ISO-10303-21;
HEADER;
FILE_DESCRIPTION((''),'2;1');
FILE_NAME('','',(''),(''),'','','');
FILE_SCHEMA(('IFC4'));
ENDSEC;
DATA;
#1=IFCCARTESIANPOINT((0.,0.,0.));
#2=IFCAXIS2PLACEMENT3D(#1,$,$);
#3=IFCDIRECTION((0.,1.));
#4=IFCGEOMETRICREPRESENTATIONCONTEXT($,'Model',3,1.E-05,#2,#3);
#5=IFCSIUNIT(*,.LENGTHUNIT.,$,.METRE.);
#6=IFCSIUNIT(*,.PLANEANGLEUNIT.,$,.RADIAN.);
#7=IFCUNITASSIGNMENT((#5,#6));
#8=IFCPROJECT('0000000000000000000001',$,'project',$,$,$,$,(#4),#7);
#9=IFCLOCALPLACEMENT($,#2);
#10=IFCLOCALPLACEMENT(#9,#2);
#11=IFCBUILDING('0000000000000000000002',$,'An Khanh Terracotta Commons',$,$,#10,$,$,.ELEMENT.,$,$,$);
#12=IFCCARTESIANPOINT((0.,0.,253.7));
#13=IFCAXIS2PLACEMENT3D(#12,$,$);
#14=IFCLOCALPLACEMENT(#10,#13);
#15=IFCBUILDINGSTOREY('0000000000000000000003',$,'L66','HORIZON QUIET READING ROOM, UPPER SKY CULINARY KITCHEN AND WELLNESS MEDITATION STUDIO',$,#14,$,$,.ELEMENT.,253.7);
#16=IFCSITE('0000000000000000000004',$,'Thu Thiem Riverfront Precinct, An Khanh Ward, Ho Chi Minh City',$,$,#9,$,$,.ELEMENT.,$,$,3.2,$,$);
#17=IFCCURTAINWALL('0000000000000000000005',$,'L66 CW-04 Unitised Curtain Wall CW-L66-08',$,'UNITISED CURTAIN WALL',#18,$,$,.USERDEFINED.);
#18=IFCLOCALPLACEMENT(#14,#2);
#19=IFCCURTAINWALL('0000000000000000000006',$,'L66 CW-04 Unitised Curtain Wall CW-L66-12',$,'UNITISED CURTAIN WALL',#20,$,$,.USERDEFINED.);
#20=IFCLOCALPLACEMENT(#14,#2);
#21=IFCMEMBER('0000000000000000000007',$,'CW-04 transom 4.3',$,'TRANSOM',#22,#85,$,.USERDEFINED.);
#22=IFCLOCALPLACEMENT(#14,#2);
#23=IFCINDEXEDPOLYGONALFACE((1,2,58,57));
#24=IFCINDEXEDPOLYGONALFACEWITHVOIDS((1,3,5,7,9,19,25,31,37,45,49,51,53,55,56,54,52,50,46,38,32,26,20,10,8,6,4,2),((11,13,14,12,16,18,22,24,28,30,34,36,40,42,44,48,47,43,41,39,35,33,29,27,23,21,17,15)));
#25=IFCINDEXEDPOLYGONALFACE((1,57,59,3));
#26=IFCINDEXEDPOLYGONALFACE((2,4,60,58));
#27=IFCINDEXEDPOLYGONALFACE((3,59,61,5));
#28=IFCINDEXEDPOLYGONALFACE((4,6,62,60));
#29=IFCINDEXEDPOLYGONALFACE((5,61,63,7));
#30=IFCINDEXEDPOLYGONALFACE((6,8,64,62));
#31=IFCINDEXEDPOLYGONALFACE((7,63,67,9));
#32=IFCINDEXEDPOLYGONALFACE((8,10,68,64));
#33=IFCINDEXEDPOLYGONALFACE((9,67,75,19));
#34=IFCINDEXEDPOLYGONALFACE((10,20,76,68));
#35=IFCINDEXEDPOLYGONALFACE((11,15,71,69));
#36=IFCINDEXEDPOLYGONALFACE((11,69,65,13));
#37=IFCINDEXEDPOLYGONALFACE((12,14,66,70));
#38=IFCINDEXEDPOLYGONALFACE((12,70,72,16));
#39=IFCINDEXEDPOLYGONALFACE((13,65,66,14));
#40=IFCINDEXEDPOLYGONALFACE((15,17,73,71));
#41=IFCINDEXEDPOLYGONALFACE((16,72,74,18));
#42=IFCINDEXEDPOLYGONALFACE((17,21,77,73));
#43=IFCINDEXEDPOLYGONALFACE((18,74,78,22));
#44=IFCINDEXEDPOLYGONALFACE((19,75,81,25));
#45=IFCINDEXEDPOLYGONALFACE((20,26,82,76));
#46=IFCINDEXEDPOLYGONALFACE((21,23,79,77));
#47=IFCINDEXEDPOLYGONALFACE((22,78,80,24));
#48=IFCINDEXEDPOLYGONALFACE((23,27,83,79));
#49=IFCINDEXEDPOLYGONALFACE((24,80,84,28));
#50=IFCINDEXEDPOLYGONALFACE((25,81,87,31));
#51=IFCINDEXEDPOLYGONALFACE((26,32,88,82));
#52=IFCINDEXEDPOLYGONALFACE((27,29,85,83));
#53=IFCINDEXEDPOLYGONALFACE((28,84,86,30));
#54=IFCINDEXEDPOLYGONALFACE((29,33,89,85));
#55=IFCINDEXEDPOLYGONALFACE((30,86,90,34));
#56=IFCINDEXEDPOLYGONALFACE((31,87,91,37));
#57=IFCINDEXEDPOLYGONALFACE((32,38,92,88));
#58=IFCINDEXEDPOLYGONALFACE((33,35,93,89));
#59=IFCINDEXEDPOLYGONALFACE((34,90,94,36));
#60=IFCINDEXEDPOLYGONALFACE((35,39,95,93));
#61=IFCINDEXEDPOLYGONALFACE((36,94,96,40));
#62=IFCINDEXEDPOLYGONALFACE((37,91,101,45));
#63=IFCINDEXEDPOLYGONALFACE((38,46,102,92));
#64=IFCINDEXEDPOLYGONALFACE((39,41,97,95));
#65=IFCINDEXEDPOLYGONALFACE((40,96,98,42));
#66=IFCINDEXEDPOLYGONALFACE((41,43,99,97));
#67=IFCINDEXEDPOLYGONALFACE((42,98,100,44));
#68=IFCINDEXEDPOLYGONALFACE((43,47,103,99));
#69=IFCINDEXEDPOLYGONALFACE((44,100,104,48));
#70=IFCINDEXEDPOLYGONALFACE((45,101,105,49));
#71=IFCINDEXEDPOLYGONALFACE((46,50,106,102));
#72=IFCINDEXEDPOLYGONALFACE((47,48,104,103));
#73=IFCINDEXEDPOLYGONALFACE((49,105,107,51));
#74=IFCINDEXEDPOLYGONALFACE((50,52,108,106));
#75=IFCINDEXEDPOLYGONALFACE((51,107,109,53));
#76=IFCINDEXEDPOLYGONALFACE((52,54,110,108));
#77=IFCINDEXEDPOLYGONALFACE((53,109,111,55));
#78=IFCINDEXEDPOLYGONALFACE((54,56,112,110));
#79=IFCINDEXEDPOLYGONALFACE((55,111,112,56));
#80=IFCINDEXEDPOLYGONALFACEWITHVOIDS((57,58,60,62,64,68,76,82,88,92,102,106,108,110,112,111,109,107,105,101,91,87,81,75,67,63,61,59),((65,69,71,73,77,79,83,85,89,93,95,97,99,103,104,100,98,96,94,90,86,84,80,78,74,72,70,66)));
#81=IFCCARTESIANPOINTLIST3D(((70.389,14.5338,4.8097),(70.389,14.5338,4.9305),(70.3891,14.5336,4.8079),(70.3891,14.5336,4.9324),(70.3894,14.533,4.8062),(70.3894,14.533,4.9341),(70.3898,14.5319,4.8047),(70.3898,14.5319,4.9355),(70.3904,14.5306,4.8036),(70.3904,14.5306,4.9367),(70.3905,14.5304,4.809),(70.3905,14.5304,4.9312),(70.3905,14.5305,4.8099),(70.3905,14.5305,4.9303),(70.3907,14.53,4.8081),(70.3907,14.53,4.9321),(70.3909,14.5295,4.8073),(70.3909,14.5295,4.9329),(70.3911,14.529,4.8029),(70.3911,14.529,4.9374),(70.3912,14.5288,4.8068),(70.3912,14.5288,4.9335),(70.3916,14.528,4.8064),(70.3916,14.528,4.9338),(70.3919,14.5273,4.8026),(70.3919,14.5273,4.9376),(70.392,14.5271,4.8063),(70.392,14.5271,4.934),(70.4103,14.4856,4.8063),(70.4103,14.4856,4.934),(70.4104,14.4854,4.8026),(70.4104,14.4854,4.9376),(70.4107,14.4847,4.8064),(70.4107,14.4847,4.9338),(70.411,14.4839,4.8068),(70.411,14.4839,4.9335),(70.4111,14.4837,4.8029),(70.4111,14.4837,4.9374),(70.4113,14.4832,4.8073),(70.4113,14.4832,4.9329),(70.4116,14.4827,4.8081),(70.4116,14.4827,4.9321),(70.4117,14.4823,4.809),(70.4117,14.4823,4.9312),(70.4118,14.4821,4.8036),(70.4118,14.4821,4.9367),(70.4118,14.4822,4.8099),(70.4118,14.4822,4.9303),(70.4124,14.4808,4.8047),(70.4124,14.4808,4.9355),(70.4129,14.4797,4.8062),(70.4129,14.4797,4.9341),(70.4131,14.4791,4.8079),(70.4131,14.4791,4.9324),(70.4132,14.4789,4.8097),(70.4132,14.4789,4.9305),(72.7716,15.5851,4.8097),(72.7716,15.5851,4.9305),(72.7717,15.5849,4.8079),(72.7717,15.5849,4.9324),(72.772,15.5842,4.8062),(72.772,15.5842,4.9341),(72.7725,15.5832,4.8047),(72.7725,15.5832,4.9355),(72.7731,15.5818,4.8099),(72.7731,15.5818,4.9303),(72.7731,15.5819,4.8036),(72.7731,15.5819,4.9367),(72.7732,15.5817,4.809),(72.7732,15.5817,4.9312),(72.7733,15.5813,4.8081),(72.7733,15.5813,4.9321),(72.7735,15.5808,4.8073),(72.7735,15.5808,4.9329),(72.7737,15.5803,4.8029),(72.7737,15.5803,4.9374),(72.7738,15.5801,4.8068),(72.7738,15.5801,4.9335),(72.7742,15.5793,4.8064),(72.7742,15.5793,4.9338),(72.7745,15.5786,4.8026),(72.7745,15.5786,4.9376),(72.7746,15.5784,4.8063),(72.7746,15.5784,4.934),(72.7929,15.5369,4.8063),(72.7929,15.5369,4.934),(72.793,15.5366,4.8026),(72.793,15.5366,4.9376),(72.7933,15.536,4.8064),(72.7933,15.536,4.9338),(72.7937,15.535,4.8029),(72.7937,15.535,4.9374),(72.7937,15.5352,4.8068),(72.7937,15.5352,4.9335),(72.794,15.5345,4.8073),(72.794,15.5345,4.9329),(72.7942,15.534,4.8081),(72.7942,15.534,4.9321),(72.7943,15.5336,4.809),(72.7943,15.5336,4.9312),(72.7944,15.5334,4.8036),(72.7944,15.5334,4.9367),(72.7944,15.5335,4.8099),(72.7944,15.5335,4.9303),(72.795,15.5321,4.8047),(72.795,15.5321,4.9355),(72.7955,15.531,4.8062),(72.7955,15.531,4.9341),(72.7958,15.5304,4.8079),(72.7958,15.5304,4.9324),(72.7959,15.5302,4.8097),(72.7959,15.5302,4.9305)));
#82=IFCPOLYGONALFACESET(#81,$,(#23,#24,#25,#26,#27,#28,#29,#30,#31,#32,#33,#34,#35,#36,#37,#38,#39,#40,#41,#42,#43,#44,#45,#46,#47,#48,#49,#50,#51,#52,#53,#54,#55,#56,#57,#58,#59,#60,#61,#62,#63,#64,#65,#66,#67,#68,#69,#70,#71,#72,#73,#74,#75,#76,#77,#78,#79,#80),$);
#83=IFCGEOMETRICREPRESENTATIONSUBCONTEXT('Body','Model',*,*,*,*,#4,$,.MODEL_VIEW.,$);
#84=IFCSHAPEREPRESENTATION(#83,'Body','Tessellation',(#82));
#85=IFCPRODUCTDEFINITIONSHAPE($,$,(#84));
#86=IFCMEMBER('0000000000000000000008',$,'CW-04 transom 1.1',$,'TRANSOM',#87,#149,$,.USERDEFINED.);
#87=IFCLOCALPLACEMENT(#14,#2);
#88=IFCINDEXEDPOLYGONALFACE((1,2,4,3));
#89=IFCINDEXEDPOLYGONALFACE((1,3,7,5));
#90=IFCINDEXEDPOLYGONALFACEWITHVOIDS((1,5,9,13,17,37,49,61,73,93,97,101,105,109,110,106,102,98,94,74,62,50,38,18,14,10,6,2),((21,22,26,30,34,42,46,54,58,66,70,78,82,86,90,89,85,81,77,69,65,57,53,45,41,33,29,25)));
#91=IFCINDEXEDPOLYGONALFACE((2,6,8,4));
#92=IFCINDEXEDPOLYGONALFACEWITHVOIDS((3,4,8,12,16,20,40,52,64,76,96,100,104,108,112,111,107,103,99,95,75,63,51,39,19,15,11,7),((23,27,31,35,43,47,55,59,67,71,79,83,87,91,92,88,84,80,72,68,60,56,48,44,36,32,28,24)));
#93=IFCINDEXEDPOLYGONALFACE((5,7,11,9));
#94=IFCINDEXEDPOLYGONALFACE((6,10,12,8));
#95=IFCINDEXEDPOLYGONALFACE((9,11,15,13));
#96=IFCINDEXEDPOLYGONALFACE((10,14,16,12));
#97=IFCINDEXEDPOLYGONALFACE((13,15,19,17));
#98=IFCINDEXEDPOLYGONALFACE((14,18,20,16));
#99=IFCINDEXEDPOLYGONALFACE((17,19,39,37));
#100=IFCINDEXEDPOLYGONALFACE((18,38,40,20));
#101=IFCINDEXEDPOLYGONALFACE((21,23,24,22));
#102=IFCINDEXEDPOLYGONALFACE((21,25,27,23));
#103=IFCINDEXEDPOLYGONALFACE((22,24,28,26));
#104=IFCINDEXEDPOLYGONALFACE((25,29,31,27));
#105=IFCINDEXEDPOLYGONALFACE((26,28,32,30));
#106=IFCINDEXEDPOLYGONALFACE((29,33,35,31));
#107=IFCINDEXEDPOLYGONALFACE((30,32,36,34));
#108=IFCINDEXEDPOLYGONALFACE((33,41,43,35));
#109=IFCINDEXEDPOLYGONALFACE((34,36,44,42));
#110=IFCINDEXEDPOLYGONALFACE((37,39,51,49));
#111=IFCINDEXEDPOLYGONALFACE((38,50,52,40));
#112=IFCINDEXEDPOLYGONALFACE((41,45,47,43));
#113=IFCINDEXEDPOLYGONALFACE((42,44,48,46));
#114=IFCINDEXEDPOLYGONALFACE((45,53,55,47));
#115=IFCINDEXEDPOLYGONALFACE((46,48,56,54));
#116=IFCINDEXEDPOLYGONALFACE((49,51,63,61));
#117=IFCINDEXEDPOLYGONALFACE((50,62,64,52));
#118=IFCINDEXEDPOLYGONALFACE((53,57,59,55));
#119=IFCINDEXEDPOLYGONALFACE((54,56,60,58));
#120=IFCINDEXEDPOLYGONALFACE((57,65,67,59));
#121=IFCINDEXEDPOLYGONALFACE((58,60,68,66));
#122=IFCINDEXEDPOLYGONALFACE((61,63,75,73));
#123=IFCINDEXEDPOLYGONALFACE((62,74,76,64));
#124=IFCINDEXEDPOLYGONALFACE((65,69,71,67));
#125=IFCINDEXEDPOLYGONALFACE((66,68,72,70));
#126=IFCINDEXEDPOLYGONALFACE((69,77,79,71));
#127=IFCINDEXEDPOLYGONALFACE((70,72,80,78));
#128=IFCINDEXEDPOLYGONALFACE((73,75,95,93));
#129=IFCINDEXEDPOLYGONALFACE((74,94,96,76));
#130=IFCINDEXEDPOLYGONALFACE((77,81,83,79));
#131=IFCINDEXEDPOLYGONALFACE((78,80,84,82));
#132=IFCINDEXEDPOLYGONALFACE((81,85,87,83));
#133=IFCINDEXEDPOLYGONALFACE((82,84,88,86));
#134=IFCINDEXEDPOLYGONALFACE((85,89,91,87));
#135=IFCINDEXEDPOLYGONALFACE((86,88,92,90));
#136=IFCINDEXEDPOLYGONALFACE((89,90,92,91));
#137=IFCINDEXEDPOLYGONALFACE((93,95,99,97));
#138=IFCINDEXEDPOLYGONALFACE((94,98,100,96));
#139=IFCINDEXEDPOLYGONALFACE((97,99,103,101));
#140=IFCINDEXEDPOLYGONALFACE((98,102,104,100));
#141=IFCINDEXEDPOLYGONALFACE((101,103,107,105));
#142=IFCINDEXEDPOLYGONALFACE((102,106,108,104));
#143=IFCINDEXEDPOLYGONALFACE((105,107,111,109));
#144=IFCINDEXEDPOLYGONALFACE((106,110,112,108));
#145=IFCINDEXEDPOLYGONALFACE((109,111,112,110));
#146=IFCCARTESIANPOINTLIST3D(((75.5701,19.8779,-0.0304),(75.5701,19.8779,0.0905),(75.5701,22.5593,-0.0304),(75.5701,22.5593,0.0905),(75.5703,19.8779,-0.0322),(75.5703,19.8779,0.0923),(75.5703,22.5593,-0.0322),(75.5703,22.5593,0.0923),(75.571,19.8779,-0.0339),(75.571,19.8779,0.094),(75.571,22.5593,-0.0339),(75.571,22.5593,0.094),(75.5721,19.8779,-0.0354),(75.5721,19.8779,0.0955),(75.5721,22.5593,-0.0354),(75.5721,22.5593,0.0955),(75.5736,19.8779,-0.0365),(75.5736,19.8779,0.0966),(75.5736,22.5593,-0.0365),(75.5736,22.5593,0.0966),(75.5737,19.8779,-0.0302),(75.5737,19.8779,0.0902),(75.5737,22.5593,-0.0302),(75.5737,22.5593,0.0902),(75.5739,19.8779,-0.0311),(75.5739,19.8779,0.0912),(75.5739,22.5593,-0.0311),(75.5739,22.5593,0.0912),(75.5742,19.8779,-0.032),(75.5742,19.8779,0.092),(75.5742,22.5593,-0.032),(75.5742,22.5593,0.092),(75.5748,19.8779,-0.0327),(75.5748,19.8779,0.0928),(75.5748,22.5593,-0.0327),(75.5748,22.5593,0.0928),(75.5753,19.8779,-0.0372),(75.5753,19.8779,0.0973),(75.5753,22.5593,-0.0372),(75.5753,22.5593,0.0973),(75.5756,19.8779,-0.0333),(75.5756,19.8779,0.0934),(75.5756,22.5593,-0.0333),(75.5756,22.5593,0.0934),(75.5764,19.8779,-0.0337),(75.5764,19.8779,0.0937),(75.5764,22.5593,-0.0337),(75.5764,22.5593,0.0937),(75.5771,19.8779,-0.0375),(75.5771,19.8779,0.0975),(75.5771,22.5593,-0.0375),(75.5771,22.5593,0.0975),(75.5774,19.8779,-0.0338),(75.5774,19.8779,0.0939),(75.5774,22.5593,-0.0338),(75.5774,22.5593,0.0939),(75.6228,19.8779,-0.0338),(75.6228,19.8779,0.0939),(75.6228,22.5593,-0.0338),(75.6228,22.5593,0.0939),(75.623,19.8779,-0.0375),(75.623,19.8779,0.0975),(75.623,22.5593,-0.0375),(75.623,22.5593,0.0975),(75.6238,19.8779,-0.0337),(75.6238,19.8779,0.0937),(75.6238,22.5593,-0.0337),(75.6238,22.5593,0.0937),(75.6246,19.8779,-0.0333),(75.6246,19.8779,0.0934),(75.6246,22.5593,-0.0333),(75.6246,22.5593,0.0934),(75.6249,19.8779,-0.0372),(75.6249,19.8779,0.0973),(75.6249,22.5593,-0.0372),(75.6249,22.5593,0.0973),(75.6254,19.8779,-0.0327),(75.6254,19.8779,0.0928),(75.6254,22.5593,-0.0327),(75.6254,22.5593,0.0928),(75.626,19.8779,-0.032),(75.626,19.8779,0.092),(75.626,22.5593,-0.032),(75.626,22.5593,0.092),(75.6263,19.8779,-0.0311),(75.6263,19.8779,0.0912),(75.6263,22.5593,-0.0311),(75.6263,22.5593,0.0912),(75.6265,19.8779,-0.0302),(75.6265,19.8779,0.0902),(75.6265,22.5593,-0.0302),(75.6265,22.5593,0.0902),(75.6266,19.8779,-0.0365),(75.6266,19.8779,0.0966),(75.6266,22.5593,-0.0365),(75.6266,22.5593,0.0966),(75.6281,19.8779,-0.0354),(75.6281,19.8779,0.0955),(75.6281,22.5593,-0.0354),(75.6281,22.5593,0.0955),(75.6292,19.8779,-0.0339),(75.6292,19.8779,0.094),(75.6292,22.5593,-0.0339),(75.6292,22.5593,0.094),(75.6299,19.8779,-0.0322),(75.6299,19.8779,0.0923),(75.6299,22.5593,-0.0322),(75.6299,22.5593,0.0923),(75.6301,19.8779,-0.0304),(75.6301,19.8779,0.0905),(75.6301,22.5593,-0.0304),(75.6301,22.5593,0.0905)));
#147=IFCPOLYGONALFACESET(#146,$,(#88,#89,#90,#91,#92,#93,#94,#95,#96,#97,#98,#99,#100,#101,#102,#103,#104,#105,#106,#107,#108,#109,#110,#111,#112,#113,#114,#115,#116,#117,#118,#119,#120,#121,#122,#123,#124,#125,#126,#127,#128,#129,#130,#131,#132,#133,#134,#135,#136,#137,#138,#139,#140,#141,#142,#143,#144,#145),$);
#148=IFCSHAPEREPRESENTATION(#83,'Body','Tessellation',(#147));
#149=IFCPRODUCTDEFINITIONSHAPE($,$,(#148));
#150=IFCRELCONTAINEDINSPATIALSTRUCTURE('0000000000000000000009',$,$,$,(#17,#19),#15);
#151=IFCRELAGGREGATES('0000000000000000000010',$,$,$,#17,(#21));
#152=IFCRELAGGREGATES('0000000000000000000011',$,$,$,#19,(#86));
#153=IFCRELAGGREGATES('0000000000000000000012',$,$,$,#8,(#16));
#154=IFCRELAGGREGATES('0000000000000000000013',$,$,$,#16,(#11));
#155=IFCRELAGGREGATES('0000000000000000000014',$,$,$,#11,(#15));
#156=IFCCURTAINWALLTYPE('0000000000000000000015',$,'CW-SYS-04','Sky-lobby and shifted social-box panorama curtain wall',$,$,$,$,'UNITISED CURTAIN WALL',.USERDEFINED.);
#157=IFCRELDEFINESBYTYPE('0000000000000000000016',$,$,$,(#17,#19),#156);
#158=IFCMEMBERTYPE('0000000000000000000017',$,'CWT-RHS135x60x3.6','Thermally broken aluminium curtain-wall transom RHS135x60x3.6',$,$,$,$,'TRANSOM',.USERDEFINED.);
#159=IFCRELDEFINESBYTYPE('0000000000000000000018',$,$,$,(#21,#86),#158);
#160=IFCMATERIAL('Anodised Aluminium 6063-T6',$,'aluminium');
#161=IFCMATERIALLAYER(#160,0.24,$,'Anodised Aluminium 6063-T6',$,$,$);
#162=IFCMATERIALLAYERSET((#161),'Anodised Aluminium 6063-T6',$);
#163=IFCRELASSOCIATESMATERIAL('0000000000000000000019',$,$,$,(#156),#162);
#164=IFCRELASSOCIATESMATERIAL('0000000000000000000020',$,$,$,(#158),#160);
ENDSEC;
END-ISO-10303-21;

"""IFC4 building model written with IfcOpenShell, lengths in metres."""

from ifc_helpers import new_model, si_unit, direction, frame, origin, origin_2d, place, context, subcontext, project, spatial, hollow_rectangle, extrude, material, layer, layer_set, material_profile, profile_set, type_object, element, aggregate, save


model = new_model("IFC4")

# Units and contexts
model_context = context("Model", 3, precision=1e-05, world=origin(), true_north=direction((0.0, 1.0)))
body_context = subcontext(model_context, "Body", "Model", "MODEL_VIEW")
ifc_project = project(units=[si_unit("LENGTHUNIT", "METRE"), si_unit("PLANEANGLEUNIT", "RADIAN")], contexts=[model_context])

# Site, building, storey
site_placement = place(None, origin())
site = spatial("IfcSite", under=ifc_project, at=site_placement, Name="Thu Thiem Riverfront Precinct, An Khanh Ward, Ho Chi Minh City", CompositionType="ELEMENT", RefElevation=3.2)
building_placement = place(site_placement, origin())
building = spatial("IfcBuilding", under=site, at=building_placement, Name="An Khanh Terracotta Commons", CompositionType="ELEMENT")
storey_placement = place(building_placement, frame((0.0, 0.0, 253.7)))
storey = spatial("IfcBuildingStorey", under=building, at=storey_placement, Name="L66", Description="HORIZON QUIET READING ROOM, UPPER SKY CULINARY KITCHEN AND WELLNESS MEDITATION STUDIO", CompositionType="ELEMENT", Elevation=253.7)

# Curtain walls
ifc_material_1 = material(Name="Anodised Aluminium 6063-T6", Category="aluminium")
ifc_layer_1 = layer(ifc_material_1, 0.24, Name="Anodised Aluminium 6063-T6")
ifc_layer_set_1 = layer_set([ifc_layer_1], Name="Anodised Aluminium 6063-T6")
curtain_wall_type = type_object("IfcCurtainWallType", Name="CW-SYS-04", Description="Sky-lobby and shifted social-box panorama curtain wall", ElementType="UNITISED CURTAIN WALL", PredefinedType="USERDEFINED", material=ifc_layer_set_1)
curtain_wall_1_placement = place(storey_placement, origin())
curtain_wall_1 = element("IfcCurtainWall", 1, at=curtain_wall_1_placement, inside=storey, type_object=curtain_wall_type, Name="L66 CW-04 Unitised Curtain Wall CW-L66-08", ObjectType="UNITISED CURTAIN WALL", PredefinedType="USERDEFINED")
curtain_wall_2_placement = place(storey_placement, origin())
curtain_wall_2 = element("IfcCurtainWall", 2, at=curtain_wall_2_placement, inside=storey, type_object=curtain_wall_type, Name="L66 CW-04 Unitised Curtain Wall CW-L66-12", ObjectType="UNITISED CURTAIN WALL", PredefinedType="USERDEFINED")

# Members
ifc_material_profile_1 = material_profile(ifc_material_1, hollow_rectangle(XDim=0.0601, YDim=0.135, WallThickness=0.0037, InnerFilletRadius=0.0037, OuterFilletRadius=0.0071, at=origin_2d()), Name="RHS135x60x3.6")
ifc_profile_set_1 = profile_set([ifc_material_profile_1], Name="Anodised Aluminium 6063-T6")
member_type_1 = type_object("IfcMemberType", Name="CWT-RHS135x60x3.6", Description="Thermally broken aluminium curtain-wall transom RHS135x60x3.6", ElementType="TRANSOM", PredefinedType="USERDEFINED", material=ifc_profile_set_1)
member_1_placement = place(storey_placement, frame((70.4011, 14.5063, 4.8701), z_axis=(0.914898, 0.403684, 0.0), x_axis=(-0.403684, 0.914898, 0.0)))
member_1 = element("IfcMember", 3, at=member_1_placement, type_object=member_type_1, Name="CW-04 transom 4.3", ObjectType="TRANSOM", PredefinedType="USERDEFINED", context=body_context, shape_type="SweptSolid", body=[
    extrude(hollow_rectangle(XDim=0.0601, YDim=0.135, WallThickness=0.0037, InnerFilletRadius=0.0037, OuterFilletRadius=0.0071, at=origin_2d()), origin(), (0.0, 0.0, 1.0), 2.6042),
])
member_2_placement = place(storey_placement, frame((75.6001, 19.8779, 0.03), z_axis=(0.0, 1.0, 0.0), x_axis=(-1.0, 0.0, 0.0)))
member_2 = element("IfcMember", 4, at=member_2_placement, type_object=member_type_1, Name="CW-04 transom 1.1", ObjectType="TRANSOM", PredefinedType="USERDEFINED", context=body_context, shape_type="SweptSolid", body=[
    extrude(hollow_rectangle(XDim=0.0601, YDim=0.135, WallThickness=0.0037, InnerFilletRadius=0.0037, OuterFilletRadius=0.0071, at=origin_2d()), origin(), (0.0, 0.0, 1.0), 2.6814),
])

aggregate(curtain_wall_1, [member_1])
aggregate(curtain_wall_2, [member_2])

save(model, "model.ifc")
